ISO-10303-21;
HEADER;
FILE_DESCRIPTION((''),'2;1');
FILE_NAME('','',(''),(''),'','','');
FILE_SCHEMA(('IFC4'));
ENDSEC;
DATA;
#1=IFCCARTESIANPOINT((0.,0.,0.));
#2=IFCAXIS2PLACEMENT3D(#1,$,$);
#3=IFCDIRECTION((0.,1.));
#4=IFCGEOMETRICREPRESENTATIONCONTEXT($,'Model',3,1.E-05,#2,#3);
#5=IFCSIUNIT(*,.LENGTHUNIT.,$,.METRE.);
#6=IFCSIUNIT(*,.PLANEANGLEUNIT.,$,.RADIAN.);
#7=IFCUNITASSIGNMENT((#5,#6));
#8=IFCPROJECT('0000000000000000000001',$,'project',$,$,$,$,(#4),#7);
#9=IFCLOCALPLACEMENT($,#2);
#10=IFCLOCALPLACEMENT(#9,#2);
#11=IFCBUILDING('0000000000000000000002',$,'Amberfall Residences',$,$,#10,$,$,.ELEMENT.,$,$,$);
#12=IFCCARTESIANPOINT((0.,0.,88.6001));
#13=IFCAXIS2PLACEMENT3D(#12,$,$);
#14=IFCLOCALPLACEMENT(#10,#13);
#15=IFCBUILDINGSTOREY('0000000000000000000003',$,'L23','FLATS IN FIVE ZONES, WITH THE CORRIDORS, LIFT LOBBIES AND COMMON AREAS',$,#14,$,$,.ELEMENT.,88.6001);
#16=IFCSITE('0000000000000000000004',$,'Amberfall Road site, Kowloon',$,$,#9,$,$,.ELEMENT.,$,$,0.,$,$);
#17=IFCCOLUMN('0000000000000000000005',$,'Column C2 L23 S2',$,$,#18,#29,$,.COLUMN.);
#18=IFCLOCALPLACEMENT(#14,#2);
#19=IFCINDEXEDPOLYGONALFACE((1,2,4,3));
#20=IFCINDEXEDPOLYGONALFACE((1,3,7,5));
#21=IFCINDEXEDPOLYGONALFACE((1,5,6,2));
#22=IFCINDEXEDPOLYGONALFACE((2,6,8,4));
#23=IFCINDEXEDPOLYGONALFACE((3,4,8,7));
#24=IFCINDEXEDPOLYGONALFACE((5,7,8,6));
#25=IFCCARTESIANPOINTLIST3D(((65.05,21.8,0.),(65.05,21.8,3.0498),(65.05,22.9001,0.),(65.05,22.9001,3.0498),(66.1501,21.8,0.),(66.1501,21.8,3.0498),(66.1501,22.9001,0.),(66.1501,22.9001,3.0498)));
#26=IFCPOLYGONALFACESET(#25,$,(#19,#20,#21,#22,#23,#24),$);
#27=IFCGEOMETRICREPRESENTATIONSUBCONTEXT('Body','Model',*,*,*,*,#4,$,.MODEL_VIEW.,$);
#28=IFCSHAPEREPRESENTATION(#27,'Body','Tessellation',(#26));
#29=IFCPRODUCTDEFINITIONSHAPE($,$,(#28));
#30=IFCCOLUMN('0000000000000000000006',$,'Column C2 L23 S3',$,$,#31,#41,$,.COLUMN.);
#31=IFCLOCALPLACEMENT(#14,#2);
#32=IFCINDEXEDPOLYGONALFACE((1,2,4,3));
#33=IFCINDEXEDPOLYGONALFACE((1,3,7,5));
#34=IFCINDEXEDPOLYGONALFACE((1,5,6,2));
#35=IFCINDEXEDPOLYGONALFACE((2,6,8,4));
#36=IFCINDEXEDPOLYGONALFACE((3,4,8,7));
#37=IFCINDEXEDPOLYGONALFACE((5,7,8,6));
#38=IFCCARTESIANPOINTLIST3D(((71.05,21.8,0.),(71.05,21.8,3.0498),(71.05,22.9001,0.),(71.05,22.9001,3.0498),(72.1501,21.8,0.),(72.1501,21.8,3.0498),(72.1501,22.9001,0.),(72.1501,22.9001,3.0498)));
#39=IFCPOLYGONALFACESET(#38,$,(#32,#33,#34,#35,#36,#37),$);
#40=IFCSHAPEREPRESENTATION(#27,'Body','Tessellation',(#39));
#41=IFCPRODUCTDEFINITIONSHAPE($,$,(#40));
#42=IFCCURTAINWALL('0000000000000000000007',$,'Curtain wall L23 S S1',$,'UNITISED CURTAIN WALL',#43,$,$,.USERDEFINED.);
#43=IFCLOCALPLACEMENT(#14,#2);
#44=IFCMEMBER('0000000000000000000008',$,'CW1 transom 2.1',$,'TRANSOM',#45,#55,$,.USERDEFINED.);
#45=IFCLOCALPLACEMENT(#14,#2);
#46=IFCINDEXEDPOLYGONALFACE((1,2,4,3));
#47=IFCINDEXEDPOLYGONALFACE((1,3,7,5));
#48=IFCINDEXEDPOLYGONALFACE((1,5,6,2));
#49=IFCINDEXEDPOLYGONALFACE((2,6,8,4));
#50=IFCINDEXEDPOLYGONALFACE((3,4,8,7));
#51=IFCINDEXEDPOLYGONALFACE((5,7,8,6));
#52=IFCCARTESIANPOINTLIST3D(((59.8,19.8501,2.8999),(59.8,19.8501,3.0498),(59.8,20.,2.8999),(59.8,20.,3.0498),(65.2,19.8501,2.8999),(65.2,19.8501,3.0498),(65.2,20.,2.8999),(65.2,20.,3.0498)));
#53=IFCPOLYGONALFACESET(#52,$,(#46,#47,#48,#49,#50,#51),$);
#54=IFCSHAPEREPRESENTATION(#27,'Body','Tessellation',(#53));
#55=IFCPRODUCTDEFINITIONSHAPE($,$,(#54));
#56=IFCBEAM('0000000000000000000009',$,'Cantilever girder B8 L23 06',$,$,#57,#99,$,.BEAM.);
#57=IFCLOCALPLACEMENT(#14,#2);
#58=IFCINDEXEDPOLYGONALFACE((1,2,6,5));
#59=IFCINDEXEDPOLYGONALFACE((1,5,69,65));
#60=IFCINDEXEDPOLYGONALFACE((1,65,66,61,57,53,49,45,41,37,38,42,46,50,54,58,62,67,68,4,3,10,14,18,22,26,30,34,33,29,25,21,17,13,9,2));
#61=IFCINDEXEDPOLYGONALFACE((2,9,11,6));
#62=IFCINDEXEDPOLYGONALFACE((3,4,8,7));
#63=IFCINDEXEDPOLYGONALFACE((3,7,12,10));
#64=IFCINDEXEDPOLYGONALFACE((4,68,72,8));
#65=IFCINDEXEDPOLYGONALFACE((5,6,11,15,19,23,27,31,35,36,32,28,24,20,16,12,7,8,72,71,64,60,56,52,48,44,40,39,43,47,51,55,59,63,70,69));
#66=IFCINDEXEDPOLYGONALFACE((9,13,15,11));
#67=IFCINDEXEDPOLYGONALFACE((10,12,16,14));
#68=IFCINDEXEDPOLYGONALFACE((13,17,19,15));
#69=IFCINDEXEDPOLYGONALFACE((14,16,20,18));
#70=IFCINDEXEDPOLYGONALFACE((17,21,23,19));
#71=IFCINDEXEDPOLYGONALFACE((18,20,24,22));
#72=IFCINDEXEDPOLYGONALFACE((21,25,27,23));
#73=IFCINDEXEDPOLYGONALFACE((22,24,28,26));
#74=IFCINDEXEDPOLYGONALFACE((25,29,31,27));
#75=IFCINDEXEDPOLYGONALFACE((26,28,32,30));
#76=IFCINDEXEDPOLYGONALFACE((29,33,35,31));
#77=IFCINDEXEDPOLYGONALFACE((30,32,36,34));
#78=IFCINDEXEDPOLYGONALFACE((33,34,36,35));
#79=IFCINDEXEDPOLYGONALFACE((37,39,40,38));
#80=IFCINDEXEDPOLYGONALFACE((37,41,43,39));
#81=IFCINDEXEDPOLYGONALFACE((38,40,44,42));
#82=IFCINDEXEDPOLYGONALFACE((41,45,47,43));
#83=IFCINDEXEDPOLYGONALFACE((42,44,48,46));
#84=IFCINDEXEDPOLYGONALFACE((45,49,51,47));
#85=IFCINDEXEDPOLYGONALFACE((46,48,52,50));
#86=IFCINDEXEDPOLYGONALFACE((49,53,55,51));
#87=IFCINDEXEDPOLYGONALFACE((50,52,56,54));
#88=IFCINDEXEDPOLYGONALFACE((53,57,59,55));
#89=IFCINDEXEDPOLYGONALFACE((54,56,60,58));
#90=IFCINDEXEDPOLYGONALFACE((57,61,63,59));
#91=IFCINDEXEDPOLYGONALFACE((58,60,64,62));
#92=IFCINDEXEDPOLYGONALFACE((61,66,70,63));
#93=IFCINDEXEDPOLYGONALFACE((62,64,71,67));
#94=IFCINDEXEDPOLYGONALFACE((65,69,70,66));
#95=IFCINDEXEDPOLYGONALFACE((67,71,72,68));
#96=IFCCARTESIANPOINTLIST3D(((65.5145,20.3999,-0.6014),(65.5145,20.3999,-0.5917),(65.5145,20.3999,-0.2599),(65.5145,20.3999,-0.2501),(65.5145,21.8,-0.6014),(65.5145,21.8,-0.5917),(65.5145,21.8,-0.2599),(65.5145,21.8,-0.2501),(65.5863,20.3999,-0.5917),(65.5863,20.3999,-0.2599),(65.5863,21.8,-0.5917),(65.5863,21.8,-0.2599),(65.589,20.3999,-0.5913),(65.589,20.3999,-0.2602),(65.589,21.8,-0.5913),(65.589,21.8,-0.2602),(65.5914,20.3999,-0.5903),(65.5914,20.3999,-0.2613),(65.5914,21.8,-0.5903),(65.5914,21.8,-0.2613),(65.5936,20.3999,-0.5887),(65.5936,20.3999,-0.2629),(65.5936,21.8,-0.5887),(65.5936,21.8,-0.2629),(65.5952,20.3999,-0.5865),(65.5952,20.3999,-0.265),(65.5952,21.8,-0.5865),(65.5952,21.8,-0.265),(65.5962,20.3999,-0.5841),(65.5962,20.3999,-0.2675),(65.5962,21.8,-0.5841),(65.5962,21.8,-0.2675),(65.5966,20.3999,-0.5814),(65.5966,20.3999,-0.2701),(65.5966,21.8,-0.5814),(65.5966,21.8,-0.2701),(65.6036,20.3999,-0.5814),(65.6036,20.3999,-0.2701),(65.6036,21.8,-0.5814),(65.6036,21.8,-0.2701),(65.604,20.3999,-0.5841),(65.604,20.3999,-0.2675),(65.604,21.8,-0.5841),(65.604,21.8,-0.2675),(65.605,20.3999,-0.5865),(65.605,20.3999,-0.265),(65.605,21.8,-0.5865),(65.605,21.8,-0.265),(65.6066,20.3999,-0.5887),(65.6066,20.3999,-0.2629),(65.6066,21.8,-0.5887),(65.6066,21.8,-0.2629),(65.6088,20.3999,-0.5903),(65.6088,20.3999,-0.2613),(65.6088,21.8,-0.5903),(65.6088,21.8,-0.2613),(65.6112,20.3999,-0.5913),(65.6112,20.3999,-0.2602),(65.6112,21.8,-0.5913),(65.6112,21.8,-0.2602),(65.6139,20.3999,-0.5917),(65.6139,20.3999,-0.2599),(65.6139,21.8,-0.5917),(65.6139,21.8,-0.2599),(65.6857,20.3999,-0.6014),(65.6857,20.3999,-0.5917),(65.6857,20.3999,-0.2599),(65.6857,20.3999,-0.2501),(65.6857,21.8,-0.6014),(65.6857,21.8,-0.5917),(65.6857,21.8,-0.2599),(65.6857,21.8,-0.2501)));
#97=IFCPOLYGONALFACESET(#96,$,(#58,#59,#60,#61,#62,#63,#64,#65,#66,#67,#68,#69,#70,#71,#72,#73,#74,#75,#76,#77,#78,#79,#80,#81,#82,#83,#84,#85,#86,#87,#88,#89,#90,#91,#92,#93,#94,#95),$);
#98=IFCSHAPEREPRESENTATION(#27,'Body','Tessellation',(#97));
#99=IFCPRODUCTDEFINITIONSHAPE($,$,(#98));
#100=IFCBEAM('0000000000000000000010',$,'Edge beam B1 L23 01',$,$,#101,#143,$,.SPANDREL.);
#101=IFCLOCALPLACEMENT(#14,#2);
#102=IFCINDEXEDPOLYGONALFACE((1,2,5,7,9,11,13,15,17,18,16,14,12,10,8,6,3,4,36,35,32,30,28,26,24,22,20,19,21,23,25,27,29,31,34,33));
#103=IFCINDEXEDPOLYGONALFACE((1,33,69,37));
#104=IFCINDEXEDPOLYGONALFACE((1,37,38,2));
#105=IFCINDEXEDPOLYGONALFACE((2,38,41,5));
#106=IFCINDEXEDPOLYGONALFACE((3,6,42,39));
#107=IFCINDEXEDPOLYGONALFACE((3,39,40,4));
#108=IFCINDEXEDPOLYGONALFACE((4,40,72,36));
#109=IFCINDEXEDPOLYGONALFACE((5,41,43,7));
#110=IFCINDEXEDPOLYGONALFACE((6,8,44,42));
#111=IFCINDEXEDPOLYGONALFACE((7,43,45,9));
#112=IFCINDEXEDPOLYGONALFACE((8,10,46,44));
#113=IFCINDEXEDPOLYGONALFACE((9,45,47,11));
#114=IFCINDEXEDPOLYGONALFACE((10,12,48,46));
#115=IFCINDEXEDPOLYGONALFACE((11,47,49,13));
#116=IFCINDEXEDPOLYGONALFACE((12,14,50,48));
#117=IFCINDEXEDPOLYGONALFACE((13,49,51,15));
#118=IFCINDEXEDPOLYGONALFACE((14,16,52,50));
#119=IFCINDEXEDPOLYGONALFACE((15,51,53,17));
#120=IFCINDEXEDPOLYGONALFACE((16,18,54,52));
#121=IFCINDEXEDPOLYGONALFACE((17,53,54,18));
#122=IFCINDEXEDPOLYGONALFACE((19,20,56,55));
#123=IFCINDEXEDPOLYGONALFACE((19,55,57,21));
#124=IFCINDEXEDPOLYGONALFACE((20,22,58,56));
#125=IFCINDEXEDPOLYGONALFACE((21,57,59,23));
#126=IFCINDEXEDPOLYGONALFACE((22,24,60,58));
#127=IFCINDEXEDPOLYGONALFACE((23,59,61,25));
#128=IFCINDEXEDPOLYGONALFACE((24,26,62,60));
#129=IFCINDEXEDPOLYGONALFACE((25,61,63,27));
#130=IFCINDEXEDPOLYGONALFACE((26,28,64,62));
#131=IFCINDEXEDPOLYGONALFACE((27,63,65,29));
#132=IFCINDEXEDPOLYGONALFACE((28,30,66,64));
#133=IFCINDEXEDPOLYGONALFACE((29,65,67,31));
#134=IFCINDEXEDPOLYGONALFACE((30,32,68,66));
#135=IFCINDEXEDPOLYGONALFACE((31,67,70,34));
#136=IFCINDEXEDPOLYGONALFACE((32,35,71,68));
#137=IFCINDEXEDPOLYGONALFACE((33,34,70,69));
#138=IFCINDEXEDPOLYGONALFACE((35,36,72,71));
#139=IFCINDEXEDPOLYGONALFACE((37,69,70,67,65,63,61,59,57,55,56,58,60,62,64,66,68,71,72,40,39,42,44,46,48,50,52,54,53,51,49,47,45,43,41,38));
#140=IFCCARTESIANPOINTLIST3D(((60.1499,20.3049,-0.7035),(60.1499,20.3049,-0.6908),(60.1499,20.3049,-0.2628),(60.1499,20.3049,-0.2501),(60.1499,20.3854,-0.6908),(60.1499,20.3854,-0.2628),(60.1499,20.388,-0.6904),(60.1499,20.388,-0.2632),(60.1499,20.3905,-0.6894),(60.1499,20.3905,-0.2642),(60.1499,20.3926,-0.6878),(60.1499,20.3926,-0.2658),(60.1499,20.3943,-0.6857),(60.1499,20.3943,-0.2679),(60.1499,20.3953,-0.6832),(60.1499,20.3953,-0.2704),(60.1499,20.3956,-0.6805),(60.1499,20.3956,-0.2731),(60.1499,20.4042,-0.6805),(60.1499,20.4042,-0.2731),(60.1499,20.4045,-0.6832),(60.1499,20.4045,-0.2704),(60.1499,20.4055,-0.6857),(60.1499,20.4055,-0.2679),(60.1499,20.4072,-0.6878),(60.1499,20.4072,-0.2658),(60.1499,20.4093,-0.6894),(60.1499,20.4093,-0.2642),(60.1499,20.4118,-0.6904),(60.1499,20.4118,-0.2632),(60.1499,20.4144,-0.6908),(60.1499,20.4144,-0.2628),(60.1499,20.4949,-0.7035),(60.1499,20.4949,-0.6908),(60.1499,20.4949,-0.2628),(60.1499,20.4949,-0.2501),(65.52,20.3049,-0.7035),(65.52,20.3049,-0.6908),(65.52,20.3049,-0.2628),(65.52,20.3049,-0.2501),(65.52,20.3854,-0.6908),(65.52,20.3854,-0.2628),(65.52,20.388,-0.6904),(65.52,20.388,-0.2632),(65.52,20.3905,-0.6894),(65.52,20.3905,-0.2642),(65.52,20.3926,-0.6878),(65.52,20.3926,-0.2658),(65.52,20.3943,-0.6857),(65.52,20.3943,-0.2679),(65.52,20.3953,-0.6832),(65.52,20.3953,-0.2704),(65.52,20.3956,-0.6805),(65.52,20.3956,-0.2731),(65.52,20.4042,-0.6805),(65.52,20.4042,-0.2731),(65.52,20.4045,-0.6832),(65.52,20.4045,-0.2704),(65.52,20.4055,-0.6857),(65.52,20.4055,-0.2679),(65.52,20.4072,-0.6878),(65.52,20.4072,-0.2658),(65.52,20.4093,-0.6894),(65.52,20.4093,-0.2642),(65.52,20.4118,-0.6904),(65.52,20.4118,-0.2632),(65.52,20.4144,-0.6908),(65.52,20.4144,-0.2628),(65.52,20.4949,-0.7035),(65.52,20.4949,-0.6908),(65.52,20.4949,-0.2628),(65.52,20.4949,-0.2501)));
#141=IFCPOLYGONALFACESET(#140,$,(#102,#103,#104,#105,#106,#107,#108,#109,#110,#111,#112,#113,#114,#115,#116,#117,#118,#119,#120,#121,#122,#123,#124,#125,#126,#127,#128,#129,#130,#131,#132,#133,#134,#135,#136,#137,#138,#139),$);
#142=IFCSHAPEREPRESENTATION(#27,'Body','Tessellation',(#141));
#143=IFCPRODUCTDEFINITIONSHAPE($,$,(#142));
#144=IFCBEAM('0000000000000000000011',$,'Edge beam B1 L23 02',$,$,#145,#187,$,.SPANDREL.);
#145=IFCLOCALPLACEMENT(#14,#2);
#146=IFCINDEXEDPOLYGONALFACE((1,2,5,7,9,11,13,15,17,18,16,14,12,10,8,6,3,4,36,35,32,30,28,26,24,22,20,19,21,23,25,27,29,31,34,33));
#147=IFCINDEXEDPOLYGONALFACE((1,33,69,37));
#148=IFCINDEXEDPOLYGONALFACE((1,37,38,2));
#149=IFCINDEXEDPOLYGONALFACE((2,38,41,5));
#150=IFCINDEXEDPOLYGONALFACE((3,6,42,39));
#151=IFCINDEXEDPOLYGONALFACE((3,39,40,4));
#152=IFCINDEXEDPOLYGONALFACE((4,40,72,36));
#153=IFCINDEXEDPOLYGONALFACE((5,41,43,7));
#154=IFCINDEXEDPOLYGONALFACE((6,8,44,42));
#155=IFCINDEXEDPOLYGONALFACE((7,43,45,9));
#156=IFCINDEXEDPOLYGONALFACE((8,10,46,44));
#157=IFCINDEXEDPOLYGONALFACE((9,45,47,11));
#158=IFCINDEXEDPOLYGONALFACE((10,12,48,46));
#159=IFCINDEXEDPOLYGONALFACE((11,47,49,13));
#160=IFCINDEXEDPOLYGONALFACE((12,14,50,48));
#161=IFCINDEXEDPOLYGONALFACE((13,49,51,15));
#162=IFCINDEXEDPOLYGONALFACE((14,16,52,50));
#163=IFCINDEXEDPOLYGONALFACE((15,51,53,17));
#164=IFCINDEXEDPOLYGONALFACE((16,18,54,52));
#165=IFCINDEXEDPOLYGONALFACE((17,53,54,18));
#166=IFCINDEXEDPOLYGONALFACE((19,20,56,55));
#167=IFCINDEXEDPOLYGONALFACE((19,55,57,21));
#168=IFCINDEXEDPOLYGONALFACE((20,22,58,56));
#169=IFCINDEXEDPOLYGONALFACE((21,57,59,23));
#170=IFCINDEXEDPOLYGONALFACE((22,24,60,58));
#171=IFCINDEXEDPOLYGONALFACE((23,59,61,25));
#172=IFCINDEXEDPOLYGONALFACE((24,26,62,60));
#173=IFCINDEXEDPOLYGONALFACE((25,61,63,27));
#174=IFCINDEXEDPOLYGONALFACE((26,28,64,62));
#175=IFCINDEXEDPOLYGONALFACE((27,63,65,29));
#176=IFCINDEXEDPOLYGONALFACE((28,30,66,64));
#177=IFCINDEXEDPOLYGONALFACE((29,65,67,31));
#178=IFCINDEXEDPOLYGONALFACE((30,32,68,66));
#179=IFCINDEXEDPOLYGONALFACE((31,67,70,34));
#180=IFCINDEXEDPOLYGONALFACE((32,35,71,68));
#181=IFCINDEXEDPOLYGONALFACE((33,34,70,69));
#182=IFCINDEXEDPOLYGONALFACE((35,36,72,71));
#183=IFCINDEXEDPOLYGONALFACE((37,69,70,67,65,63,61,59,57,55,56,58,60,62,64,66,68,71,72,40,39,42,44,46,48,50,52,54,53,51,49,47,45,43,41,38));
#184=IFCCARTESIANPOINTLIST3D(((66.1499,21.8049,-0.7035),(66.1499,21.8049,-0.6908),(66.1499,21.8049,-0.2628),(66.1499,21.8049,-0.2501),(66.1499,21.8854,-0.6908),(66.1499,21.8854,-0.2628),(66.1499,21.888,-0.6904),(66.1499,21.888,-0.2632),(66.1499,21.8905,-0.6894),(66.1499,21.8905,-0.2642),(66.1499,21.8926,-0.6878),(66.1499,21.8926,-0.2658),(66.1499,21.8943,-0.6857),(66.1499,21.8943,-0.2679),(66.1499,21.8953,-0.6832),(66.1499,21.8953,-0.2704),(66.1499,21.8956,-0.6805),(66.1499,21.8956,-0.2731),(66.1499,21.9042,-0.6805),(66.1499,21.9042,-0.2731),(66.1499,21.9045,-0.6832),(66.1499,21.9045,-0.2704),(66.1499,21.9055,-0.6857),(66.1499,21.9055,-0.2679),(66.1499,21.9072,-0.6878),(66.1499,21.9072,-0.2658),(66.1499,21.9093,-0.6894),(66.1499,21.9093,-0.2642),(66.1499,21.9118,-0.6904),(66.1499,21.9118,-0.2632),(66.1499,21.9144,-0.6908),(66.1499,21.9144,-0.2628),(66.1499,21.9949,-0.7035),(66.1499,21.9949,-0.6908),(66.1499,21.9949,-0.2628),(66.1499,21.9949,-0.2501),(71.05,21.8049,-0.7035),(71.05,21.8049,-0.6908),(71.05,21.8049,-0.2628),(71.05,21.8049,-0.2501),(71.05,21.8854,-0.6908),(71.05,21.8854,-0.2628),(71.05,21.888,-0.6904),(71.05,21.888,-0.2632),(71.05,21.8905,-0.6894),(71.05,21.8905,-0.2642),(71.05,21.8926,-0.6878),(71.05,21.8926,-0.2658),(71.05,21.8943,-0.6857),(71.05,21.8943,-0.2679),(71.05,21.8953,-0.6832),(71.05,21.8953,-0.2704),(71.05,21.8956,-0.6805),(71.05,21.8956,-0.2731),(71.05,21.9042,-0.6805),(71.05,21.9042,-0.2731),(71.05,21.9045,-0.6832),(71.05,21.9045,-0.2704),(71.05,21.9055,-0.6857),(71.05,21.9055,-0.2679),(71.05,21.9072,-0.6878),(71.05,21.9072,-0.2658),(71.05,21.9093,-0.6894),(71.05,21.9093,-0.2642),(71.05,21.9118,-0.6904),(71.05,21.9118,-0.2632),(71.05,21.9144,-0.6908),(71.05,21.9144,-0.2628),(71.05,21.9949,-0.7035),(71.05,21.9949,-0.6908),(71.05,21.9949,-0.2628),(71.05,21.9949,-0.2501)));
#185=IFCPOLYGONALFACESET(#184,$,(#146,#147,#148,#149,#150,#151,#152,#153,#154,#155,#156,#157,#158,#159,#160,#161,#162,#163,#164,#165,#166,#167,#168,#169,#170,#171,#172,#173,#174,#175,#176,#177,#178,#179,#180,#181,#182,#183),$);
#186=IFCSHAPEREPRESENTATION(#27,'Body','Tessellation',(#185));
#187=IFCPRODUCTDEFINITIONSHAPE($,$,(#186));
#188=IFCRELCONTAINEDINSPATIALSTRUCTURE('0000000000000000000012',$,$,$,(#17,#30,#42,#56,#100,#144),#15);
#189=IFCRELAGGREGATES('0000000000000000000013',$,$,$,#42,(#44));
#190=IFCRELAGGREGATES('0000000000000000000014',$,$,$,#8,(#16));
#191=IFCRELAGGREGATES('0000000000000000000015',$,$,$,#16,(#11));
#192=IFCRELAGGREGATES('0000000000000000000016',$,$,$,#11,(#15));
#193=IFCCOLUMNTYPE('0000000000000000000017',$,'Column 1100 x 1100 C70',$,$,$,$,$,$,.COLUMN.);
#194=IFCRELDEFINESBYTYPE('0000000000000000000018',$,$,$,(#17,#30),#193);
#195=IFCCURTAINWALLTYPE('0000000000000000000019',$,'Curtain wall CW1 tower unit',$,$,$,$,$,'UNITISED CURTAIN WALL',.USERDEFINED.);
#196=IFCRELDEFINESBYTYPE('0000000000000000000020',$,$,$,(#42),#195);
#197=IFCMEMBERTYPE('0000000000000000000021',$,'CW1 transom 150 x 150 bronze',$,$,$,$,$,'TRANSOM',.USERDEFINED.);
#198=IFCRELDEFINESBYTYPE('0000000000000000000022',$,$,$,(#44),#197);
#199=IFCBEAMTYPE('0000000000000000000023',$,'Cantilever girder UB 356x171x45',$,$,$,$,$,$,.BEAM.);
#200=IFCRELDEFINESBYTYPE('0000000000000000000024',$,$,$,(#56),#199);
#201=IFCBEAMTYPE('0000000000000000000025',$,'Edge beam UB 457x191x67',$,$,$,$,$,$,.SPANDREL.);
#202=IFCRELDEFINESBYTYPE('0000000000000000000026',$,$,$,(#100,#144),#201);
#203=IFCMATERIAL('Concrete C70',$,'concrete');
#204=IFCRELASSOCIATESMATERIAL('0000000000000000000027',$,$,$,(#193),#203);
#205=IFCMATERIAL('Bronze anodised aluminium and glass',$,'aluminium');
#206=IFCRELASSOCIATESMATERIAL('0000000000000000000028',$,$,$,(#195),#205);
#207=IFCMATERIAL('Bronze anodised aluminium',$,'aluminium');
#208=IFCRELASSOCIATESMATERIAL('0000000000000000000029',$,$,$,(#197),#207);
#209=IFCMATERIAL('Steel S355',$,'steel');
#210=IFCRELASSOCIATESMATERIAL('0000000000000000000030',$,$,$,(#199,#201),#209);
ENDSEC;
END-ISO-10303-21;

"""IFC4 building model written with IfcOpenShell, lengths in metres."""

from ifc_helpers import new_model, si_unit, direction, frame, origin, origin_2d, place, context, subcontext, project, spatial, rectangle, i_section, extrude, material, material_profile, profile_set, type_object, element, aggregate, save


model = new_model("IFC4")

# Units and contexts
model_context = context("Model", 3, precision=1e-05, world=origin(), true_north=direction((0.0, 1.0)))
body_context = subcontext(model_context, "Body", "Model", "MODEL_VIEW")
ifc_project = project(units=[si_unit("LENGTHUNIT", "METRE"), si_unit("PLANEANGLEUNIT", "RADIAN")], contexts=[model_context])

# Site, building, storey
site_placement = place(None, origin())
site = spatial("IfcSite", under=ifc_project, at=site_placement, Name="Amberfall Road site, Kowloon", CompositionType="ELEMENT", RefElevation=0.0)
building_placement = place(site_placement, origin())
building = spatial("IfcBuilding", under=site, at=building_placement, Name="Amberfall Residences", CompositionType="ELEMENT")
storey_placement = place(building_placement, frame((0.0, 0.0, 88.6001)))
storey = spatial("IfcBuildingStorey", under=building, at=storey_placement, Name="L23", Description="FLATS IN FIVE ZONES, WITH THE CORRIDORS, LIFT LOBBIES AND COMMON AREAS", CompositionType="ELEMENT", Elevation=88.6001)

# Columns
ifc_material_1 = material(Name="Concrete C70", Category="concrete")
ifc_material_profile_1 = material_profile(ifc_material_1, rectangle(XDim=1.1001, YDim=1.1001, at=origin_2d()), Name="Column 1100 x 1100 C70")
ifc_profile_set_1 = profile_set([ifc_material_profile_1], Name="Concrete C70")
column_type = type_object("IfcColumnType", Name="Column 1100 x 1100 C70", PredefinedType="COLUMN", material=ifc_profile_set_1)
for number, where, z_axis, x_axis, name in (
    (1, (65.6001, 22.3501, 0.0), (0.0, 0.0, 1.0), (1.0, 0.0, 0.0), "Column C2 L23 S2"),
    (2, (71.6001, 22.3501, 0.0), (0.0, 0.0, 1.0), (1.0, 0.0, 0.0), "Column C2 L23 S3"),
):
    element("IfcColumn", number, at=place(storey_placement, frame(where, z_axis=z_axis, x_axis=x_axis)), inside=storey, type_object=column_type, Name=name, PredefinedType="COLUMN", context=body_context, shape_type="SweptSolid", body=[
        extrude(rectangle(XDim=1.1001, YDim=1.1001, at=origin_2d()), origin(), (0.0, 0.0, 1.0), 3.0498),
    ])

# Curtain wall, member
ifc_material_2 = material(Name="Bronze anodised aluminium and glass", Category="aluminium")
curtain_wall_type = type_object("IfcCurtainWallType", Name="Curtain wall CW1 tower unit", ElementType="UNITISED CURTAIN WALL", PredefinedType="USERDEFINED", material=ifc_material_2)
curtain_wall_placement = place(storey_placement, origin())
curtain_wall = element("IfcCurtainWall", 3, at=curtain_wall_placement, inside=storey, type_object=curtain_wall_type, Name="Curtain wall L23 S S1", ObjectType="UNITISED CURTAIN WALL", PredefinedType="USERDEFINED")
ifc_material_3 = material(Name="Bronze anodised aluminium", Category="aluminium")
ifc_material_profile_2 = material_profile(ifc_material_3, rectangle(XDim=0.1499, YDim=0.1499, at=origin_2d()), Name="CW1 transom 150 x 150 bronze")
ifc_profile_set_2 = profile_set([ifc_material_profile_2], Name="Bronze anodised aluminium")
member_type_1 = type_object("IfcMemberType", Name="CW1 transom 150 x 150 bronze", ElementType="TRANSOM", PredefinedType="USERDEFINED", material=ifc_profile_set_2)
member_1_placement = place(storey_placement, frame((59.8, 19.925, 2.9749), z_axis=(1.0, 0.0, 0.0), x_axis=(0.0, 1.0, 0.0)))
member_1 = element("IfcMember", 4, at=member_1_placement, type_object=member_type_1, Name="CW1 transom 2.1", ObjectType="TRANSOM", PredefinedType="USERDEFINED", context=body_context, shape_type="SweptSolid", body=[
    extrude(rectangle(XDim=0.1499, YDim=0.1499, at=origin_2d()), origin(), (0.0, 0.0, 1.0), 5.3999),
])

# Beams
ifc_material_4 = material(Name="Steel S355", Category="steel")
ifc_material_profile_3 = material_profile(ifc_material_4, i_section(OverallWidth=0.1711, OverallDepth=0.3513, WebThickness=0.0071, FlangeThickness=0.0098, FilletRadius=0.0103, at=origin_2d()), Name="UB 356x171x45")
ifc_profile_set_3 = profile_set([ifc_material_profile_3], Name="Steel S355")
beam_type_1 = type_object("IfcBeamType", Name="Cantilever girder UB 356x171x45", PredefinedType="BEAM", material=ifc_profile_set_3)
beam_1_placement = place(storey_placement, frame((65.6001, 21.8, -0.4258), z_axis=(0.0, -1.0, 0.0), x_axis=(1.0, 0.0, 0.0)))
element("IfcBeam", 5, at=beam_1_placement, inside=storey, type_object=beam_type_1, Name="Cantilever girder B8 L23 06", PredefinedType="BEAM", context=body_context, shape_type="SweptSolid", body=[
    extrude(i_section(OverallWidth=0.1711, OverallDepth=0.3513, WebThickness=0.0071, FlangeThickness=0.0098, FilletRadius=0.0103, at=origin_2d()), origin(), (0.0, 0.0, 1.0), 1.4001),
])
ifc_material_profile_4 = material_profile(ifc_material_4, i_section(OverallWidth=0.1899, OverallDepth=0.4534, WebThickness=0.0085, FlangeThickness=0.0127, FilletRadius=0.0103, at=origin_2d()), Name="UB 457x191x67")
ifc_profile_set_4 = profile_set([ifc_material_profile_4], Name="Steel S355")
beam_type_2 = type_object("IfcBeamType", Name="Edge beam UB 457x191x67", PredefinedType="SPANDREL", material=ifc_profile_set_4)
beam_2_placement = place(storey_placement, frame((60.1499, 20.3999, -0.4768), z_axis=(1.0, 0.0, 0.0), x_axis=(0.0, 1.0, 0.0)))
element("IfcBeam", 6, at=beam_2_placement, inside=storey, type_object=beam_type_2, Name="Edge beam B1 L23 01", PredefinedType="SPANDREL", context=body_context, shape_type="SweptSolid", body=[
    extrude(i_section(OverallWidth=0.1899, OverallDepth=0.4534, WebThickness=0.0085, FlangeThickness=0.0127, FilletRadius=0.0103, at=origin_2d()), origin(), (0.0, 0.0, 1.0), 5.3701),
])
beam_3_placement = place(storey_placement, frame((66.1499, 21.8999, -0.4768), z_axis=(1.0, 0.0, 0.0), x_axis=(0.0, 1.0, 0.0)))
element("IfcBeam", 7, at=beam_3_placement, inside=storey, type_object=beam_type_2, Name="Edge beam B1 L23 02", PredefinedType="SPANDREL", context=body_context, shape_type="SweptSolid", body=[
    extrude(i_section(OverallWidth=0.1899, OverallDepth=0.4534, WebThickness=0.0085, FlangeThickness=0.0127, FilletRadius=0.0103, at=origin_2d()), origin(), (0.0, 0.0, 1.0), 4.9001),
])

aggregate(curtain_wall, [member_1])

save(model, "model.ifc")
